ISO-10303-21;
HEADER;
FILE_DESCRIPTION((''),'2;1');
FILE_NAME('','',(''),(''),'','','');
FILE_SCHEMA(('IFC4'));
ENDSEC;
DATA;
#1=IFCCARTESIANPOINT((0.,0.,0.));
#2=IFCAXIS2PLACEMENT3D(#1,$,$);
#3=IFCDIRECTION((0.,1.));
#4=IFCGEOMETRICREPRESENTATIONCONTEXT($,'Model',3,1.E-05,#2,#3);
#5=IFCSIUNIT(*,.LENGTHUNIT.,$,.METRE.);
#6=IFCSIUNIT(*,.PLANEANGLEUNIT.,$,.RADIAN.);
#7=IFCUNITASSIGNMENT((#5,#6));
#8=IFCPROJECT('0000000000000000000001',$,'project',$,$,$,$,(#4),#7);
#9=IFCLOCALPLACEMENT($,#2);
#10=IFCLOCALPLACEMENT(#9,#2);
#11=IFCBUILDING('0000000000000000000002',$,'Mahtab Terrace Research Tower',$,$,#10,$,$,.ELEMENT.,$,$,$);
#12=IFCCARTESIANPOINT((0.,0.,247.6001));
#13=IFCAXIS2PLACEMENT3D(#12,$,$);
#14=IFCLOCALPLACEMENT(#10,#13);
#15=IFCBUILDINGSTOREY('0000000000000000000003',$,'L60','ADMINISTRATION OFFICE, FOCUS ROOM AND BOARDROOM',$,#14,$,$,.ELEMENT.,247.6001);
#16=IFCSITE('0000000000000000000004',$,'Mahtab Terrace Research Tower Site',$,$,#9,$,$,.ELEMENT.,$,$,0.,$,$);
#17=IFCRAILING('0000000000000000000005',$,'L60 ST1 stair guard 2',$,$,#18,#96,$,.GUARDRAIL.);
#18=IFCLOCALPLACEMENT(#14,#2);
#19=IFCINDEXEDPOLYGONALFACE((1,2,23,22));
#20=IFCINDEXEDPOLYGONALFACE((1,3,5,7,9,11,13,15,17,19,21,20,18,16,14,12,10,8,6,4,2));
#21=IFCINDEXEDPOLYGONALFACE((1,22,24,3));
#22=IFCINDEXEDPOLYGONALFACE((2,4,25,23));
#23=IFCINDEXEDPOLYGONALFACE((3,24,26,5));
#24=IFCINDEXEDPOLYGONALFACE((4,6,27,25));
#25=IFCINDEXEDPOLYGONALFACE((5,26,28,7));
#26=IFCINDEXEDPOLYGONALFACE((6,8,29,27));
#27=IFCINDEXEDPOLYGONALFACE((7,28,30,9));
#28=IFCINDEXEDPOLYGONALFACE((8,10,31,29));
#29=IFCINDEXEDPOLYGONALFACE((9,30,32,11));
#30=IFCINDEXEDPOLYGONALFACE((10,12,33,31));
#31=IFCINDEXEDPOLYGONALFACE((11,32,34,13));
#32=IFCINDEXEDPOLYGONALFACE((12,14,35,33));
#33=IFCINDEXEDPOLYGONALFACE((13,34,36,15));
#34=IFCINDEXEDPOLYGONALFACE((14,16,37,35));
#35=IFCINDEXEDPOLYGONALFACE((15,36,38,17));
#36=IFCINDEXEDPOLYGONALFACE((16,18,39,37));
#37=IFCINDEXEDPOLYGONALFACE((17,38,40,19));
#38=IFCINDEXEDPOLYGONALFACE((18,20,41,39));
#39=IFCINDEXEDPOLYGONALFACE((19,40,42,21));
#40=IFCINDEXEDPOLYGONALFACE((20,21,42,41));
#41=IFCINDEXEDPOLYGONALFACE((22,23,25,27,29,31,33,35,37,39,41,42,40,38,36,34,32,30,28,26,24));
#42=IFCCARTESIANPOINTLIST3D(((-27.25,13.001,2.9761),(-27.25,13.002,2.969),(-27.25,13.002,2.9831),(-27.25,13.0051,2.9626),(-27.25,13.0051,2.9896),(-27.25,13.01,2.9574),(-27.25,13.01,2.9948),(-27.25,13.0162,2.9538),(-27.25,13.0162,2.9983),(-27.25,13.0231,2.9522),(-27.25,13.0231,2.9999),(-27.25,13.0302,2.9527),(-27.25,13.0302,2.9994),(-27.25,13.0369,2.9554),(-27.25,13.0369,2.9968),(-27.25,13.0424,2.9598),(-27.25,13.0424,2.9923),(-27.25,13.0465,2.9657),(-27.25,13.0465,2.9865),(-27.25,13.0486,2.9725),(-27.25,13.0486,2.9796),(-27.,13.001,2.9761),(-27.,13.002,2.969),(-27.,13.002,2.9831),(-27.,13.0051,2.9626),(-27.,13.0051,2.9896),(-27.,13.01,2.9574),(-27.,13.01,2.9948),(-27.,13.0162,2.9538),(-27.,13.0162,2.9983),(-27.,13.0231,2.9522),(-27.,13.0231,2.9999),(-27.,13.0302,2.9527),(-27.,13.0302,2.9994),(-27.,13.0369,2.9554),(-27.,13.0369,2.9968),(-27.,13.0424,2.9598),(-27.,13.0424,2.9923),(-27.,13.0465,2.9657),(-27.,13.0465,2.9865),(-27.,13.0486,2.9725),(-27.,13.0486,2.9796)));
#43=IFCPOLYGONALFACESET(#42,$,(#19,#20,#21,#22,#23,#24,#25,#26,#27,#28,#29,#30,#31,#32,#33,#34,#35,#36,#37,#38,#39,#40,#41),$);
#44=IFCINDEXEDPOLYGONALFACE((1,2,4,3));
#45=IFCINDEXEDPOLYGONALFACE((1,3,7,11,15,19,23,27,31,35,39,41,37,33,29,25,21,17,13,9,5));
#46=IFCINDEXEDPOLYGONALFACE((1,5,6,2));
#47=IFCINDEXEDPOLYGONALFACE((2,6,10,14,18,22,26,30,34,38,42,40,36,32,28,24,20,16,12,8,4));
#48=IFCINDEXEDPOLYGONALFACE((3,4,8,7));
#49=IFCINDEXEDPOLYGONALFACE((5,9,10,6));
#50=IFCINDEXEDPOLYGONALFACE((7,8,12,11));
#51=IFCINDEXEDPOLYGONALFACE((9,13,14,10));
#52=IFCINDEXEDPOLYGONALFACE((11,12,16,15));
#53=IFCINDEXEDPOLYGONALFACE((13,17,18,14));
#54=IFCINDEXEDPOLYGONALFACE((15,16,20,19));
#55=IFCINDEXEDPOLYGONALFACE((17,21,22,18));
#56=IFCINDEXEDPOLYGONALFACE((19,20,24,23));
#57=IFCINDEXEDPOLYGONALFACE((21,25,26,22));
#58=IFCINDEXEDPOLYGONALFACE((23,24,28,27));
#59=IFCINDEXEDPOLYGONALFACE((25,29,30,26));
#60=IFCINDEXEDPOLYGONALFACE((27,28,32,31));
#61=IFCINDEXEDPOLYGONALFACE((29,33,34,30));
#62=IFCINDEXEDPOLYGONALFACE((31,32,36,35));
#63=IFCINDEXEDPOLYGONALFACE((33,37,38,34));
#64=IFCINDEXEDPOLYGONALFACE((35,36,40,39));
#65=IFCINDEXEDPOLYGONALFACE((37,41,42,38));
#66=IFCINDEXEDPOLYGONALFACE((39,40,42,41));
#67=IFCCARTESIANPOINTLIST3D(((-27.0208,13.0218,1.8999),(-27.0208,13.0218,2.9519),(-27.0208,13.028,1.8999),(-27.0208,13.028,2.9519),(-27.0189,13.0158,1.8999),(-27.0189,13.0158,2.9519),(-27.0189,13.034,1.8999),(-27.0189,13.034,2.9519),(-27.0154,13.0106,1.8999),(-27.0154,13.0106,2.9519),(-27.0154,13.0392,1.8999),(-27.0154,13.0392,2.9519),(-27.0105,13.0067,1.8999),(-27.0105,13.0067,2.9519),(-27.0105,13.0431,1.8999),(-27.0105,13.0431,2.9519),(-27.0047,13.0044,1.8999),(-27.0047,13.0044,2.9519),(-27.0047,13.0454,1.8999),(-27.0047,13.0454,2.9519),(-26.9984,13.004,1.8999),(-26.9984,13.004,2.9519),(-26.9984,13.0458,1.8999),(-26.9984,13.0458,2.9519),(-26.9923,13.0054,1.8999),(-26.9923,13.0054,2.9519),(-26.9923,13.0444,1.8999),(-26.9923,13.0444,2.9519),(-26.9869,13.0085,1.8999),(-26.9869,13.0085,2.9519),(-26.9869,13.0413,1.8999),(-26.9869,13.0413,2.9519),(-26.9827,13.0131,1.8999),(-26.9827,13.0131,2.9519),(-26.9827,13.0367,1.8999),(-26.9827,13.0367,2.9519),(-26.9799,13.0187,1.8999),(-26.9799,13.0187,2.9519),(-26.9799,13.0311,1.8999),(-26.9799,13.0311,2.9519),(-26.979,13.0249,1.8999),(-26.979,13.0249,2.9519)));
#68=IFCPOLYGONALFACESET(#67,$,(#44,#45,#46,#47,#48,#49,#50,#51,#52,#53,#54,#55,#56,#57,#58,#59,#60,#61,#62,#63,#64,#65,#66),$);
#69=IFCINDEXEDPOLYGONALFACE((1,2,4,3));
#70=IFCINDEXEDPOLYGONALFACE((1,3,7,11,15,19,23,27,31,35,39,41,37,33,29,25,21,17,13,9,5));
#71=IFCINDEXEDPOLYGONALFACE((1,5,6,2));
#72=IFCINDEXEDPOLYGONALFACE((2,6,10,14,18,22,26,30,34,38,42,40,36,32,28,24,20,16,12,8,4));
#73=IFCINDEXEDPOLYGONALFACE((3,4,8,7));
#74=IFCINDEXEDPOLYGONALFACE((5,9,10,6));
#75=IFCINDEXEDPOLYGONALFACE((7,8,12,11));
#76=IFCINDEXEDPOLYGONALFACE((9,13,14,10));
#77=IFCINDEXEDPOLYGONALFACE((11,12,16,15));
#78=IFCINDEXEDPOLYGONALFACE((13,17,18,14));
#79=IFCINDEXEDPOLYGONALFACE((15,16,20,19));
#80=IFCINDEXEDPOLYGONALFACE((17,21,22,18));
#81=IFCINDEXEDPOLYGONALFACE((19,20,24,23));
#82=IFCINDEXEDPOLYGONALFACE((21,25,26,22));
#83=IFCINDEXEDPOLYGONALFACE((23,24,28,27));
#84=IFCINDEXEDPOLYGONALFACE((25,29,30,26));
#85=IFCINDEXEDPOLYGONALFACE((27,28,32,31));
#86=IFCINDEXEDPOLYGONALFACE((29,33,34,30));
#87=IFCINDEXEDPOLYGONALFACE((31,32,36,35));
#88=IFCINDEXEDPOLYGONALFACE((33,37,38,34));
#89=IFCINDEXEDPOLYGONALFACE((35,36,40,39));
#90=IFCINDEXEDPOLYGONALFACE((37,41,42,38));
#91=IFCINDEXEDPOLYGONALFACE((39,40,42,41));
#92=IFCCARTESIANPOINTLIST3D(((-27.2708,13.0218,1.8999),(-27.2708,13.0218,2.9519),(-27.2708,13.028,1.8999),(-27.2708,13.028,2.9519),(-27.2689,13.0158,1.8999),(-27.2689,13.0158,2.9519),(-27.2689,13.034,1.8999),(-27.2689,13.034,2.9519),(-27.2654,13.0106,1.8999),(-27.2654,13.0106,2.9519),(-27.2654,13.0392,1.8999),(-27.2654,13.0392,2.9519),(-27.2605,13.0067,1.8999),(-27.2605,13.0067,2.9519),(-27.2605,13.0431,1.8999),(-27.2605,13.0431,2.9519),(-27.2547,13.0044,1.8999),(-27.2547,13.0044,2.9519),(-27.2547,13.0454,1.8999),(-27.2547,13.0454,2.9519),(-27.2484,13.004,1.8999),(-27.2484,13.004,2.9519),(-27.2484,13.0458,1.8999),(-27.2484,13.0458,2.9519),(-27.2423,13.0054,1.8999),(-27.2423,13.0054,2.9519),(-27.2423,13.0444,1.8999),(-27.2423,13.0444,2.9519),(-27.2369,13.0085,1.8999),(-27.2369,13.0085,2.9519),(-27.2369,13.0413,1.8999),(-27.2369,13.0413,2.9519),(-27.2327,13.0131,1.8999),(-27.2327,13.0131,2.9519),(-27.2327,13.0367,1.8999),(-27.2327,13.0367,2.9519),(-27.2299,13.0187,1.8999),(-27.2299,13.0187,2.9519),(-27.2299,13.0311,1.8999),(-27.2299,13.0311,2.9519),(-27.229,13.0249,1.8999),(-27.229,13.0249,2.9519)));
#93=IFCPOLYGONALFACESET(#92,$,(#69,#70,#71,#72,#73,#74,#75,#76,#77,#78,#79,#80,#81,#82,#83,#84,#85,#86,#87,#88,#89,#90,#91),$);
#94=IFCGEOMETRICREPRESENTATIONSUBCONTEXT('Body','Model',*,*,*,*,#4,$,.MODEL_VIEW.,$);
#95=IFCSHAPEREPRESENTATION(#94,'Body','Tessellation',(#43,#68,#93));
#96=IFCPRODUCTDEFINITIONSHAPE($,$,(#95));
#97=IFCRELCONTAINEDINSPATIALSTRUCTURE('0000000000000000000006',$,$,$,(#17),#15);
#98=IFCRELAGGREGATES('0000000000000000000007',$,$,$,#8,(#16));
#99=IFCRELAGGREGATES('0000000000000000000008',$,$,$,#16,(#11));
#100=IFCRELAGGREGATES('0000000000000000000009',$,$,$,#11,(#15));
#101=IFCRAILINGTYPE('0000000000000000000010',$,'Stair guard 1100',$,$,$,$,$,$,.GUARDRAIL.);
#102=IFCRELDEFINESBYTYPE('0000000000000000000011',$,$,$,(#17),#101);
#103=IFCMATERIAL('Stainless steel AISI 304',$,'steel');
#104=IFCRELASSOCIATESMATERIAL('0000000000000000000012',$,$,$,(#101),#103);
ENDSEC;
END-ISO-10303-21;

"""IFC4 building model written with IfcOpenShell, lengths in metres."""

from ifc_helpers import new_model, si_unit, direction, frame, origin, origin_2d, place, context, subcontext, project, spatial, circle, extrude, material, type_object, element, save


model = new_model("IFC4")

# Units and contexts
model_context = context("Model", 3, precision=1e-05, world=origin(), true_north=direction((0.0, 1.0)))
body_context = subcontext(model_context, "Body", "Model", "MODEL_VIEW")
ifc_project = project(units=[si_unit("LENGTHUNIT", "METRE"), si_unit("PLANEANGLEUNIT", "RADIAN")], contexts=[model_context])

# Site, building, storey
site_placement = place(None, origin())
site = spatial("IfcSite", under=ifc_project, at=site_placement, Name="Mahtab Terrace Research Tower Site", CompositionType="ELEMENT", RefElevation=0.0)
building_placement = place(site_placement, origin())
building = spatial("IfcBuilding", under=site, at=building_placement, Name="Mahtab Terrace Research Tower", CompositionType="ELEMENT")
storey_placement = place(building_placement, frame((0.0, 0.0, 247.6001)))
storey = spatial("IfcBuildingStorey", under=building, at=storey_placement, Name="L60", Description="ADMINISTRATION OFFICE, FOCUS ROOM AND BOARDROOM", CompositionType="ELEMENT", Elevation=247.6001)

# Railing
ifc_material_1 = material(Name="Stainless steel AISI 304", Category="steel")
railing_type_1 = type_object("IfcRailingType", Name="Stair guard 1100", PredefinedType="GUARDRAIL", material=ifc_material_1)
railing_1_placement = place(storey_placement, frame((-27.0, 13.0249, 1.8999)))
element("IfcRailing", 1, at=railing_1_placement, inside=storey, type_object=railing_type_1, Name="L60 ST1 stair guard 2", PredefinedType="GUARDRAIL", context=body_context, shape_type="SweptSolid", body=[
    extrude(circle(Radius=0.0239, at=origin_2d()), frame((0.0, 0.0, 1.0762), z_axis=(-1.0, 0.0, 0.0), x_axis=(0.0, -1.0, 0.0)), (0.0, 0.0, 1.0), 0.25),
    extrude(circle(Radius=0.021, at=origin_2d()), origin(), (0.0, 0.0, 1.0), 1.052),
    extrude(circle(Radius=0.021, at=origin_2d()), frame((-0.25, 0.0, 0.0)), (0.0, 0.0, 1.0), 1.052),
])

save(model, "model.ifc")
